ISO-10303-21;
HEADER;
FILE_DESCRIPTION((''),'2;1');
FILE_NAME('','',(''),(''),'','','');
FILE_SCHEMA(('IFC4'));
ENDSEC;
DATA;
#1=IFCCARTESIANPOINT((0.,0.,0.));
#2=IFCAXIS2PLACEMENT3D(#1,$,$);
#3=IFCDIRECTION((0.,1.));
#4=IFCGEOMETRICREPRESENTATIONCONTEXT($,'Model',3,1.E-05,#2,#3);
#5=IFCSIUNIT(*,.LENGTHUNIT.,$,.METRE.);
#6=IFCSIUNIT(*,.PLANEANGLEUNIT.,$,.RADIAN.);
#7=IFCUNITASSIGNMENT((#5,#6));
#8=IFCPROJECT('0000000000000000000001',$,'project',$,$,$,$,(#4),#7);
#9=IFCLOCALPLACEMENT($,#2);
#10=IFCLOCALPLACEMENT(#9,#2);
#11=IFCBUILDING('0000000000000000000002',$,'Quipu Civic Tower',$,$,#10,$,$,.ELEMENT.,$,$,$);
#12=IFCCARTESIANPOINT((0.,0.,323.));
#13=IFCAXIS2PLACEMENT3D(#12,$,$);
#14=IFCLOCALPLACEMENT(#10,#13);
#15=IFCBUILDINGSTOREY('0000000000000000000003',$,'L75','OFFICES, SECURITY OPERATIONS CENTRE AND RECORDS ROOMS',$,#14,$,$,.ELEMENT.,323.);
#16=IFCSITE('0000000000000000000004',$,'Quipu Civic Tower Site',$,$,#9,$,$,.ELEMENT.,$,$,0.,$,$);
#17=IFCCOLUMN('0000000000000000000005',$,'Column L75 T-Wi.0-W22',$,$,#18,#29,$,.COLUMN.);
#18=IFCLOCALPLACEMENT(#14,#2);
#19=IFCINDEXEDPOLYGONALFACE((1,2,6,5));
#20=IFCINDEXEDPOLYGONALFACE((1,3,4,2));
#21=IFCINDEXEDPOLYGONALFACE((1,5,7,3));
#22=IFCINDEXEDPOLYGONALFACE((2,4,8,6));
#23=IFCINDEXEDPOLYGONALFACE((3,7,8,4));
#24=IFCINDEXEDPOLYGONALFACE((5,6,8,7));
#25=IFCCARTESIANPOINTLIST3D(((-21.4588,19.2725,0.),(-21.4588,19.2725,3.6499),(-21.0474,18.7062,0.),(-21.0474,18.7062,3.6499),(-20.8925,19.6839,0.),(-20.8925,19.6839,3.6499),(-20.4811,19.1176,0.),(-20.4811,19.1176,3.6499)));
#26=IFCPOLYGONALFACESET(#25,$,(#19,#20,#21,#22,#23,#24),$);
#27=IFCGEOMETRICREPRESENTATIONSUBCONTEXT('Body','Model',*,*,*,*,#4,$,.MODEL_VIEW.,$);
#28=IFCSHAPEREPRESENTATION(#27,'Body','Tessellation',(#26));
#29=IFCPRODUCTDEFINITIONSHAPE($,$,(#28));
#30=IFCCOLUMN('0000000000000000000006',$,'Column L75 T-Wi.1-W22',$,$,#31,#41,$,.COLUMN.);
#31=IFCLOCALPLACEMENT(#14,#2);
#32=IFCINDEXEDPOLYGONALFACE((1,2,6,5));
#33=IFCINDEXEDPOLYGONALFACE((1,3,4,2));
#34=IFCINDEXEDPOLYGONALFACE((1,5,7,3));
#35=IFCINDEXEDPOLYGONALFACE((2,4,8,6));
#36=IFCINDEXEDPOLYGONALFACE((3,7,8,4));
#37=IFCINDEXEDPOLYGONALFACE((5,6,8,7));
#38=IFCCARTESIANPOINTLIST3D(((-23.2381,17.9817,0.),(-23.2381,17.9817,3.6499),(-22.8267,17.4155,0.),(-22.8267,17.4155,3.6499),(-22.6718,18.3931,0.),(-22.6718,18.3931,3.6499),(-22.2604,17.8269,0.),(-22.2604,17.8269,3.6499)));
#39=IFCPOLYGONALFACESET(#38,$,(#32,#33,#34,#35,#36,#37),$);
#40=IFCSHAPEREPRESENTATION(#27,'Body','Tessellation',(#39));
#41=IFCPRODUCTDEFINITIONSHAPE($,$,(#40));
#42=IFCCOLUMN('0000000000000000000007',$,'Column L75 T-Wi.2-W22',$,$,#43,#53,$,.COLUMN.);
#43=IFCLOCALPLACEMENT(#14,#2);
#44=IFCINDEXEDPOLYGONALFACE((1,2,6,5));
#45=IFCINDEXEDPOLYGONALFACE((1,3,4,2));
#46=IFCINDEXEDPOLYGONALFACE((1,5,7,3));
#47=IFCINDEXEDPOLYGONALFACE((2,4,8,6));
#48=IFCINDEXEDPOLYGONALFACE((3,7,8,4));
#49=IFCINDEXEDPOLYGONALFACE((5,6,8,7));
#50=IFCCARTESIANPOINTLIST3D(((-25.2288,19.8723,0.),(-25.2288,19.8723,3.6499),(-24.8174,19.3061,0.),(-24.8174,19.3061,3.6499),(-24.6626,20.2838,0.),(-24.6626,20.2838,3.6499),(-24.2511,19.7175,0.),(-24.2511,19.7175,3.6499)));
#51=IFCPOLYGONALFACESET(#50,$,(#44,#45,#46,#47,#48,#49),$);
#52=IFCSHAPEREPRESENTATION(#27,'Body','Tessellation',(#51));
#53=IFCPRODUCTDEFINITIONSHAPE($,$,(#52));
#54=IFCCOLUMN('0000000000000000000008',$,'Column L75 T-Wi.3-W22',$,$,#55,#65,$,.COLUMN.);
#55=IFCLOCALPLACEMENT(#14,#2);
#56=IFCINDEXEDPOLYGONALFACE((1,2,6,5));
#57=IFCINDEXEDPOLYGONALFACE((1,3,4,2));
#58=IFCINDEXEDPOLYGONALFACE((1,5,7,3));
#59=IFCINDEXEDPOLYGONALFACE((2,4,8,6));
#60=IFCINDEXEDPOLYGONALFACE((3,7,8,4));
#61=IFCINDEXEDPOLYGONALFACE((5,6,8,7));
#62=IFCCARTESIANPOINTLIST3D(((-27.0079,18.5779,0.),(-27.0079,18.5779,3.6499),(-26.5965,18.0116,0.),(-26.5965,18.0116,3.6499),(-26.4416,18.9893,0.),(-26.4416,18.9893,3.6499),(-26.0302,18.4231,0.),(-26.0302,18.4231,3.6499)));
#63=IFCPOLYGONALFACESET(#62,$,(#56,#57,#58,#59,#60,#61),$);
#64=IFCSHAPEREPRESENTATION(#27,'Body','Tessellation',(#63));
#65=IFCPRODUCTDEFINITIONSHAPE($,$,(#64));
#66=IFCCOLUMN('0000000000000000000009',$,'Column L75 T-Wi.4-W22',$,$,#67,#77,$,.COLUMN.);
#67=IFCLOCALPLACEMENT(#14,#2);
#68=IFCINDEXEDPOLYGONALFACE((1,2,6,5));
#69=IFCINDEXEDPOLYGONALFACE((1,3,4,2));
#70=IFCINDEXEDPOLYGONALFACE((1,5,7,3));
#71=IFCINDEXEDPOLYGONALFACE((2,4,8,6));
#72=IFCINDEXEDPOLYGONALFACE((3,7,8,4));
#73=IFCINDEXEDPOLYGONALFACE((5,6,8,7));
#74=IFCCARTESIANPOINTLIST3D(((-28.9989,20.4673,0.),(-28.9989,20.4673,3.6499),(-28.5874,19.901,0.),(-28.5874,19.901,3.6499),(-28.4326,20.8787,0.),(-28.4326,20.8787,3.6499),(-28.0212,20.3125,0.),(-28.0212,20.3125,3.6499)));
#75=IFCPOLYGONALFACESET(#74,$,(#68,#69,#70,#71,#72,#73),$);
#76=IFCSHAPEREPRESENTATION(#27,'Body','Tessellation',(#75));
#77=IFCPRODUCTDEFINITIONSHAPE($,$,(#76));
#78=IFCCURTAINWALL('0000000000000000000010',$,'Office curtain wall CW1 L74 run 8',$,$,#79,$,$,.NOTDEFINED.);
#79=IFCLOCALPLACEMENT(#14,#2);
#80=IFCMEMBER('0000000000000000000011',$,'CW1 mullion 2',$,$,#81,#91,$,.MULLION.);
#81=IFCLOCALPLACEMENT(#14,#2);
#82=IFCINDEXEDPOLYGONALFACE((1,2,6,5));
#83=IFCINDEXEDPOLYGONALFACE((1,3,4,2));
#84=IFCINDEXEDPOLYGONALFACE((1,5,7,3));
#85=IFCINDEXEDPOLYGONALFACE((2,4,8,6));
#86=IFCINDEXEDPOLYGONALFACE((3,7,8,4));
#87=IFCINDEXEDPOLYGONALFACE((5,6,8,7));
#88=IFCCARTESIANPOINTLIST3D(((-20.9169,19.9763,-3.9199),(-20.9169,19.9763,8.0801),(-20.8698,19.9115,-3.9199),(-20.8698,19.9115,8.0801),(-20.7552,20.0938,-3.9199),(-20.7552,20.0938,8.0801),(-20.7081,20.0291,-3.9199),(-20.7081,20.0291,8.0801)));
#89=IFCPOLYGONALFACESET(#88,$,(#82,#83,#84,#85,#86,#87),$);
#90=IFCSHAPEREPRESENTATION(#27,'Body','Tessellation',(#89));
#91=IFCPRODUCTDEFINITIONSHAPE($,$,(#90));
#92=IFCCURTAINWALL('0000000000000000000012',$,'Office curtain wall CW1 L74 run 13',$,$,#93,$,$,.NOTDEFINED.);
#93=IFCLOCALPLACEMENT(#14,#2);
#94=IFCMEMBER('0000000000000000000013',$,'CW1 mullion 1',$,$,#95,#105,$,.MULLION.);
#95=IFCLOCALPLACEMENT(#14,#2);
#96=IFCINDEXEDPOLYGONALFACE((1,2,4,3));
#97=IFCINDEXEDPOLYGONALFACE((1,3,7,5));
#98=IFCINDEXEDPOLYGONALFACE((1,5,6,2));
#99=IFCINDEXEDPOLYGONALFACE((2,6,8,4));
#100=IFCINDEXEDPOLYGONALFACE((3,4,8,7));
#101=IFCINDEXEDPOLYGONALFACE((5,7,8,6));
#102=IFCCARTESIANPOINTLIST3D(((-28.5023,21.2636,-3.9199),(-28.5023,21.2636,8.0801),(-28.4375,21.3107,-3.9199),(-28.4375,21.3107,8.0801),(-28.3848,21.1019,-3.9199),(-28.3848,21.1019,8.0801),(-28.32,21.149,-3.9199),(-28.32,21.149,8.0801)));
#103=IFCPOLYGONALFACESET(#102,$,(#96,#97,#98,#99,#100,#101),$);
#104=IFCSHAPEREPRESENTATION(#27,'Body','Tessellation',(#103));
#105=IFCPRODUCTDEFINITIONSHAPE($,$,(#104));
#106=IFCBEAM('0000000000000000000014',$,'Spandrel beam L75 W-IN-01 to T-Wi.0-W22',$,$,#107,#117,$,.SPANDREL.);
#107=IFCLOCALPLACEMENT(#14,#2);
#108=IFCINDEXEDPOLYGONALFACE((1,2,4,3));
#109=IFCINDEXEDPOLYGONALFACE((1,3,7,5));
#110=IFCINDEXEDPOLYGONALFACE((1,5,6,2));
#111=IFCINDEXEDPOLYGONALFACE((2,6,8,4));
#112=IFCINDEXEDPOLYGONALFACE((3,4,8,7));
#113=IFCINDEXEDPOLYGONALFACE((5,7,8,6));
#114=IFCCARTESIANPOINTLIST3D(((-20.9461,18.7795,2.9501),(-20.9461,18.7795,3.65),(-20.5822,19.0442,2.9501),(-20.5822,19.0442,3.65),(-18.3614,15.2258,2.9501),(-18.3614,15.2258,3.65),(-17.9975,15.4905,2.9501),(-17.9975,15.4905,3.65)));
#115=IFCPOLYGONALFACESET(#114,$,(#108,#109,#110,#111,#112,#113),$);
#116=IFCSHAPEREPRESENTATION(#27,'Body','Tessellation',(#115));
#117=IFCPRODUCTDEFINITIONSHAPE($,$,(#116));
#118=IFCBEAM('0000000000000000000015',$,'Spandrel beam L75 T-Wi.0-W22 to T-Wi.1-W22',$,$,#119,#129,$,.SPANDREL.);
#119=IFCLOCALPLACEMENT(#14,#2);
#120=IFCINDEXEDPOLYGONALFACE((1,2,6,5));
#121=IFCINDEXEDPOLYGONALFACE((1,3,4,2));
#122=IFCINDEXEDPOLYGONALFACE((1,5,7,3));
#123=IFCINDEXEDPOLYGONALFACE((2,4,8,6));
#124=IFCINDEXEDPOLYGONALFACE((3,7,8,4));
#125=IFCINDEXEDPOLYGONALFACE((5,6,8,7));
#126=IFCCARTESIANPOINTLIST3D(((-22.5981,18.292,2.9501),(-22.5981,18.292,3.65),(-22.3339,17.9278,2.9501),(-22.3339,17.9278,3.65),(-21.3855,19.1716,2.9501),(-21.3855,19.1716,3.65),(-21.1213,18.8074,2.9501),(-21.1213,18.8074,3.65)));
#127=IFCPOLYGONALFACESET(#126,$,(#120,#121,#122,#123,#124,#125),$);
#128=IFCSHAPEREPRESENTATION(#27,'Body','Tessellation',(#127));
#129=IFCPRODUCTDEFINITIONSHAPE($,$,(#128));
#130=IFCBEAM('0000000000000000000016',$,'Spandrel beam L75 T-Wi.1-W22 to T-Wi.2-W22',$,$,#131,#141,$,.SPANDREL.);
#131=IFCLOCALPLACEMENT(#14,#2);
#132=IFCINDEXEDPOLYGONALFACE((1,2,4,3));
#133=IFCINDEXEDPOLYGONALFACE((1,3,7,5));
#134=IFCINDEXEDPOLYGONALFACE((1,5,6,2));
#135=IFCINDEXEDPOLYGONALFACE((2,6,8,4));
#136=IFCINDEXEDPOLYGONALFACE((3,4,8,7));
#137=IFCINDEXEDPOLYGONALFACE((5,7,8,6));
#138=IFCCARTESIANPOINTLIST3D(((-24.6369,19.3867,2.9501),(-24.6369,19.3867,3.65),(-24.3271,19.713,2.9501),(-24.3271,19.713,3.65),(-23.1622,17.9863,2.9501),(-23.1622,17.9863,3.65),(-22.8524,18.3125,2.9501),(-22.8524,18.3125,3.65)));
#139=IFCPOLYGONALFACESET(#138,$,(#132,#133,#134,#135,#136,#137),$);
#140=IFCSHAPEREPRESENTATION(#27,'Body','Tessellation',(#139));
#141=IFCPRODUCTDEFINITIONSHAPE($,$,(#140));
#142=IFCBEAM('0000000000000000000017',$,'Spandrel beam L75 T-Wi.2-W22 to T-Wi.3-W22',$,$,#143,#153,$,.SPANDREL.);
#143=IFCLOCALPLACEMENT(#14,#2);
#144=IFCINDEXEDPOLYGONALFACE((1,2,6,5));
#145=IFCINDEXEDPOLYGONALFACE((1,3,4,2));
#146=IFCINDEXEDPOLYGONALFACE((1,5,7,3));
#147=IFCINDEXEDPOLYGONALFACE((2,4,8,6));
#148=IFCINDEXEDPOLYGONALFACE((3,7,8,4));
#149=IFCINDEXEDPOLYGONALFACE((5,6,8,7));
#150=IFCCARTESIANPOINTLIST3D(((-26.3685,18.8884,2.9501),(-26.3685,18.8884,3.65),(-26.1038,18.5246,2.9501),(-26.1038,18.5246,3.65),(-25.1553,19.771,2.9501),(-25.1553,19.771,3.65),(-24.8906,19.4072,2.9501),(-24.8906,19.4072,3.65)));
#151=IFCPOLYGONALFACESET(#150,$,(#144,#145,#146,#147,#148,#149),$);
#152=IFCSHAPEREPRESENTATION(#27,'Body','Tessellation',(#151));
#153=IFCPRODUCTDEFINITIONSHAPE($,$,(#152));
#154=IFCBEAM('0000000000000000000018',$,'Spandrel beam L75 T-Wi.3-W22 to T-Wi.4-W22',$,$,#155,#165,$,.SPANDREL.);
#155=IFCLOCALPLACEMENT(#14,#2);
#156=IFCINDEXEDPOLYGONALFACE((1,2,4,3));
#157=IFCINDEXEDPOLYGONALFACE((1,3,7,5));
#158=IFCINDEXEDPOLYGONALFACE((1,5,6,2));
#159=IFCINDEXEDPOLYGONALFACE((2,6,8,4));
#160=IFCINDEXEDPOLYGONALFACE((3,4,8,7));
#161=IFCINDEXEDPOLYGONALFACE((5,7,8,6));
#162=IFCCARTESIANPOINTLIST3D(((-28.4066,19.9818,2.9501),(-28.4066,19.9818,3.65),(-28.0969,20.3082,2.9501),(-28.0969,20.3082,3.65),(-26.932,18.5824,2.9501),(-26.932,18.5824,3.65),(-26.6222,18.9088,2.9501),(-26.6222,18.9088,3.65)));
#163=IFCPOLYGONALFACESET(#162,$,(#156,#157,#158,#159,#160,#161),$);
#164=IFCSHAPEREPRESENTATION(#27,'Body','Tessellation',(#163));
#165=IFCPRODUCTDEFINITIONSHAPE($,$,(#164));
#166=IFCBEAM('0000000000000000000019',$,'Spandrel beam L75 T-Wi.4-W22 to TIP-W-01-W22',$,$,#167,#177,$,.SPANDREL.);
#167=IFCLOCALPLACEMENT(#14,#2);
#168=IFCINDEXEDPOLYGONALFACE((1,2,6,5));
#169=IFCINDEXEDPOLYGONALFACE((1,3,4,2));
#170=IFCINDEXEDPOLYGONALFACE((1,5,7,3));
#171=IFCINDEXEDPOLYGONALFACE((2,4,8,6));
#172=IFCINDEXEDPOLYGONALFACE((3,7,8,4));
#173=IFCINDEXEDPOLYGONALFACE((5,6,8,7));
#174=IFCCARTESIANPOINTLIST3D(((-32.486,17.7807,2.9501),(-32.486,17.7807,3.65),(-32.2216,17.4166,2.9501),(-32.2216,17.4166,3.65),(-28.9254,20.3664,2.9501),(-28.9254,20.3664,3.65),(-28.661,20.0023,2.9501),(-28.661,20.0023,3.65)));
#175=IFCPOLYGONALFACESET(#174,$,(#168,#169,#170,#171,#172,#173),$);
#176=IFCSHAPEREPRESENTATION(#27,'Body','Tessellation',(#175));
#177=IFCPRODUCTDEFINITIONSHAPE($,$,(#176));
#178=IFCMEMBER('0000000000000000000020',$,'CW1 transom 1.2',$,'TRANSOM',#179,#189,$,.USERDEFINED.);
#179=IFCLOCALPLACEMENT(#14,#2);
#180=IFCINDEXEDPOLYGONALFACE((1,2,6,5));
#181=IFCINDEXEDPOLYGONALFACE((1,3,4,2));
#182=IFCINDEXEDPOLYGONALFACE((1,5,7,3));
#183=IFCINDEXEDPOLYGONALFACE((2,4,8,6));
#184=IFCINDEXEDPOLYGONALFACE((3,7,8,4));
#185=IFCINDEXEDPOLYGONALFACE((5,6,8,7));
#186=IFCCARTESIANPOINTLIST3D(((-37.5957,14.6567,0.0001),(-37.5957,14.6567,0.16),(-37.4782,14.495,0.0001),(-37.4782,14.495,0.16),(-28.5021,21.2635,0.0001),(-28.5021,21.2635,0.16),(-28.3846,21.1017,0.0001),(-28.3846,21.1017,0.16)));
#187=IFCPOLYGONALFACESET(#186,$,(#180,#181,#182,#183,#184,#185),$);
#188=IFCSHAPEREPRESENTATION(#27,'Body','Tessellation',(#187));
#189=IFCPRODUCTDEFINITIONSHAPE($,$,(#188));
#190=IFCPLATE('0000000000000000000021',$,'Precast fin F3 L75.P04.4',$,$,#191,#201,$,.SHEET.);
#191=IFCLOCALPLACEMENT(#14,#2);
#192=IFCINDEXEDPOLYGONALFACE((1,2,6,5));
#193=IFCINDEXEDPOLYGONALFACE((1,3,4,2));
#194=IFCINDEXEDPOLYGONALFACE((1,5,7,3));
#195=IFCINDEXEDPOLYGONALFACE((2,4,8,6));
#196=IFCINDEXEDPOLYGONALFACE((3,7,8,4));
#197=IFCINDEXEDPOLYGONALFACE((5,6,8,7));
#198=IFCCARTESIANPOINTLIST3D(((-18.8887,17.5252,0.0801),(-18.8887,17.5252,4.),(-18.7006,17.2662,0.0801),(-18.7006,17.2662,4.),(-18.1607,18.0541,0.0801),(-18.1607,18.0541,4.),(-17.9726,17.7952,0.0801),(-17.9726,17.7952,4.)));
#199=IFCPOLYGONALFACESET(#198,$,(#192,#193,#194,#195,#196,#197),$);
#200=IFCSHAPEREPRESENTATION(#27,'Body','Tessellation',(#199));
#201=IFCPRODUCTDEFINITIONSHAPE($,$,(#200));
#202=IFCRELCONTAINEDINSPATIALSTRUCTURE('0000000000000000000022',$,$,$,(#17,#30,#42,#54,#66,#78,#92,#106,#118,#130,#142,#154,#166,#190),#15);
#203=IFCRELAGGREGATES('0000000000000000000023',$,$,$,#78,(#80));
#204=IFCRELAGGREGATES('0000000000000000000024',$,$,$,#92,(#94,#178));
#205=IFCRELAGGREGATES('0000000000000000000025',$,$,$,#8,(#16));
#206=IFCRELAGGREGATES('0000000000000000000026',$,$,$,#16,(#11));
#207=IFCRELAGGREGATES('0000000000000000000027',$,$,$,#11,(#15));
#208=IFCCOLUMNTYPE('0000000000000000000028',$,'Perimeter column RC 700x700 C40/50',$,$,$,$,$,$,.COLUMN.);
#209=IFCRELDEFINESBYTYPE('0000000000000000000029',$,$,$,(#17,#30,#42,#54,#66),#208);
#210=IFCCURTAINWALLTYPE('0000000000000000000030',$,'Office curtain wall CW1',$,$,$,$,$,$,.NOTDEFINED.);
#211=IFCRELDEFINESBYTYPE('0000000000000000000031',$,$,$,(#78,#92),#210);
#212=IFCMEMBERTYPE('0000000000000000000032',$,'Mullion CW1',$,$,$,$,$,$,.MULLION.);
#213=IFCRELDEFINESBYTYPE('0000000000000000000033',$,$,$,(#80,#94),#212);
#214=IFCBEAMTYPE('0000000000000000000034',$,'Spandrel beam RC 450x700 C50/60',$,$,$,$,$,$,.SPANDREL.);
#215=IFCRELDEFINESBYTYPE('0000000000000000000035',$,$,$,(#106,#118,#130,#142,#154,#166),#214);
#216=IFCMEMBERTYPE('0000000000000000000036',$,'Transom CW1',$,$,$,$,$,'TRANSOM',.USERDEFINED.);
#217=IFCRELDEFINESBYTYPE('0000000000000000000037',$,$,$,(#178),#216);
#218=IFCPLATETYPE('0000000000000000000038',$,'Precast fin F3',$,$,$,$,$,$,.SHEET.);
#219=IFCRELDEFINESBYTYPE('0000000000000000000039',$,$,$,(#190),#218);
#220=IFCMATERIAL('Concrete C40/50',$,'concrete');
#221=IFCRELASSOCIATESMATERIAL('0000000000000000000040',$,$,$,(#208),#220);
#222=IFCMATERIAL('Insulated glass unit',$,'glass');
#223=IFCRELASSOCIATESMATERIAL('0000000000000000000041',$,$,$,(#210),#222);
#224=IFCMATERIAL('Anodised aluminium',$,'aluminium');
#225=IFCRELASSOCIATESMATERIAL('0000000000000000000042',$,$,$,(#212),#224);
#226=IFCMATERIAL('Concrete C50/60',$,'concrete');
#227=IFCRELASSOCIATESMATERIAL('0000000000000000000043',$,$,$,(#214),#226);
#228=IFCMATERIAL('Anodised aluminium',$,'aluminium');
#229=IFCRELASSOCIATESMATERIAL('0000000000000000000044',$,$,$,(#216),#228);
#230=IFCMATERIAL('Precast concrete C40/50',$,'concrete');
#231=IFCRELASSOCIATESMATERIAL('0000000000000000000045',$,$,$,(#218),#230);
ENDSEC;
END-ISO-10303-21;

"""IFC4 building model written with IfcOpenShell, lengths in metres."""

from ifc_helpers import new_model, si_unit, direction, frame, origin, origin_2d, place, context, subcontext, project, spatial, rectangle, extrude, material, material_profile, profile_set, type_object, element, aggregate, save


model = new_model("IFC4")

# Units and contexts
model_context = context("Model", 3, precision=1e-05, world=origin(), true_north=direction((0.0, 1.0)))
body_context = subcontext(model_context, "Body", "Model", "MODEL_VIEW")
ifc_project = project(units=[si_unit("LENGTHUNIT", "METRE"), si_unit("PLANEANGLEUNIT", "RADIAN")], contexts=[model_context])

# Site, building, storey
site_placement = place(None, origin())
site = spatial("IfcSite", under=ifc_project, at=site_placement, Name="Quipu Civic Tower Site", CompositionType="ELEMENT", RefElevation=0.0)
building_placement = place(site_placement, origin())
building = spatial("IfcBuilding", under=site, at=building_placement, Name="Quipu Civic Tower", CompositionType="ELEMENT")
storey_placement = place(building_placement, frame((0.0, 0.0, 323.0)))
storey = spatial("IfcBuildingStorey", under=building, at=storey_placement, Name="L75", Description="OFFICES, SECURITY OPERATIONS CENTRE AND RECORDS ROOMS", CompositionType="ELEMENT", Elevation=323.0)

# Columns
ifc_material_1 = material(Name="Concrete C40/50", Category="concrete")
ifc_material_profile_1 = material_profile(ifc_material_1, rectangle(XDim=0.7, YDim=0.7, at=origin_2d()), Name="RC700x700")
ifc_profile_set_1 = profile_set([ifc_material_profile_1], Name="Concrete C40/50")
column_type = type_object("IfcColumnType", Name="Perimeter column RC 700x700 C40/50", PredefinedType="COLUMN", material=ifc_profile_set_1)
for number, where, z_axis, x_axis, name in (
    (1, (-20.97, 19.1951, 0.0), (0.0, 0.0, 1.0), (-0.587785, 0.809017, 0.0), "Column L75 T-Wi.0-W22"),
    (2, (-22.7493, 17.9043, 0.0), (0.0, 0.0, 1.0), (-0.587785, 0.809017, 0.0), "Column L75 T-Wi.1-W22"),
    (3, (-24.74, 19.7949, 0.0), (0.0, 0.0, 1.0), (-0.587785, 0.809017, 0.0), "Column L75 T-Wi.2-W22"),
    (4, (-26.519, 18.5005, 0.0), (0.0, 0.0, 1.0), (-0.587785, 0.809017, 0.0), "Column L75 T-Wi.3-W22"),
    (5, (-28.51, 20.3899, 0.0), (0.0, 0.0, 1.0), (-0.809017, -0.587785, 0.0), "Column L75 T-Wi.4-W22"),
):
    element("IfcColumn", number, at=place(storey_placement, frame(where, z_axis=z_axis, x_axis=x_axis)), inside=storey, type_object=column_type, Name=name, PredefinedType="COLUMN", context=body_context, shape_type="SweptSolid", body=[
        extrude(rectangle(XDim=0.7, YDim=0.7, at=origin_2d()), origin(), (0.0, 0.0, 1.0), 3.6499),
    ])

# Curtain walls, members
ifc_material_2 = material(Name="Insulated glass unit", Category="glass")
curtain_wall_type = type_object("IfcCurtainWallType", Name="Office curtain wall CW1", PredefinedType="NOTDEFINED", material=ifc_material_2)
curtain_wall_1_placement = place(storey_placement, origin())
curtain_wall_1 = element("IfcCurtainWall", 6, at=curtain_wall_1_placement, inside=storey, type_object=curtain_wall_type, Name="Office curtain wall CW1 L74 run 8", PredefinedType="NOTDEFINED")
ifc_material_3 = material(Name="Anodised aluminium", Category="aluminium")
ifc_material_profile_2 = material_profile(ifc_material_3, rectangle(XDim=0.2, YDim=0.0801, at=origin_2d()), Name="RECT 200x80")
ifc_profile_set_2 = profile_set([ifc_material_profile_2], Name="Anodised aluminium")
member_type_1 = type_object("IfcMemberType", Name="Mullion CW1", PredefinedType="MULLION", material=ifc_profile_set_2)
member_1_placement = place(storey_placement, frame((-20.8125, 20.0027, -3.9199), z_axis=(0.0, 0.0, 1.0), x_axis=(-0.809015, -0.587788, 0.0)))
member_1 = element("IfcMember", 7, at=member_1_placement, type_object=member_type_1, Name="CW1 mullion 2", PredefinedType="MULLION", context=body_context, shape_type="SweptSolid", body=[
    extrude(rectangle(XDim=0.2, YDim=0.0801, at=origin_2d()), origin(), (0.0, 0.0, 1.0), 12.0),
])
aggregate(curtain_wall_1, [member_1])
curtain_wall_2_placement = place(storey_placement, origin())
curtain_wall_2 = element("IfcCurtainWall", 8, at=curtain_wall_2_placement, inside=storey, type_object=curtain_wall_type, Name="Office curtain wall CW1 L74 run 13", PredefinedType="NOTDEFINED")
member_2_placement = place(storey_placement, frame((-28.4111, 21.2063, -3.9199), z_axis=(0.0, 0.0, 1.0), x_axis=(0.587788, -0.809015, 0.0)))
member_2 = element("IfcMember", 9, at=member_2_placement, type_object=member_type_1, Name="CW1 mullion 1", PredefinedType="MULLION", context=body_context, shape_type="SweptSolid", body=[
    extrude(rectangle(XDim=0.2, YDim=0.0801, at=origin_2d()), origin(), (0.0, 0.0, 1.0), 12.0),
])

# Beams
ifc_material_4 = material(Name="Concrete C50/60", Category="concrete")
ifc_material_profile_3 = material_profile(ifc_material_4, rectangle(XDim=0.45, YDim=0.7, at=origin_2d()), Name="RC450x700")
ifc_profile_set_3 = profile_set([ifc_material_profile_3], Name="Concrete C50/60")
beam_type = type_object("IfcBeamType", Name="Spandrel beam RC 450x700 C50/60", PredefinedType="SPANDREL", material=ifc_profile_set_3)
beam_1_placement = place(storey_placement, frame((-18.1794, 15.3582, 3.3), z_axis=(-0.588201, 0.808714, 0.0), x_axis=(-0.808714, -0.588201, 0.0)))
element("IfcBeam", 10, at=beam_1_placement, inside=storey, type_object=beam_type, Name="Spandrel beam L75 W-IN-01 to T-Wi.0-W22", PredefinedType="SPANDREL", context=body_context, shape_type="SweptSolid", body=[
    extrude(rectangle(XDim=0.45, YDim=0.7, at=origin_2d()), origin(), (0.0, 0.0, 1.0), 4.3943),
])
beam_2_placement = place(storey_placement, frame((-21.2534, 18.9895, 3.3), z_axis=(-0.809461, -0.587173, 0.0), x_axis=(0.587173, -0.809461, 0.0)))
element("IfcBeam", 11, at=beam_2_placement, inside=storey, type_object=beam_type, Name="Spandrel beam L75 T-Wi.0-W22 to T-Wi.1-W22", PredefinedType="SPANDREL", context=body_context, shape_type="SweptSolid", body=[
    extrude(rectangle(XDim=0.45, YDim=0.7, at=origin_2d()), origin(), (0.0, 0.0, 1.0), 1.498),
])
beam_3_placement = place(storey_placement, frame((-23.0073, 18.1494, 3.3), z_axis=(-0.725119, 0.688623, 0.0), x_axis=(-0.688623, -0.725119, 0.0)))
element("IfcBeam", 12, at=beam_3_placement, inside=storey, type_object=beam_type, Name="Spandrel beam L75 T-Wi.1-W22 to T-Wi.2-W22", PredefinedType="SPANDREL", context=body_context, shape_type="SweptSolid", body=[
    extrude(rectangle(XDim=0.45, YDim=0.7, at=origin_2d()), origin(), (0.0, 0.0, 1.0), 2.0337),
])
beam_4_placement = place(storey_placement, frame((-25.0229, 19.5891, 3.3), z_axis=(-0.808645, -0.588297, 0.0), x_axis=(0.588297, -0.808645, 0.0)))
element("IfcBeam", 13, at=beam_4_placement, inside=storey, type_object=beam_type, Name="Spandrel beam L75 T-Wi.2-W22 to T-Wi.3-W22", PredefinedType="SPANDREL", context=body_context, shape_type="SweptSolid", body=[
    extrude(rectangle(XDim=0.45, YDim=0.7, at=origin_2d()), origin(), (0.0, 0.0, 1.0), 1.5002),
])
beam_5_placement = place(storey_placement, frame((-26.7771, 18.7456, 3.3), z_axis=(-0.725359, 0.688371, 0.0), x_axis=(-0.688371, -0.725359, 0.0)))
element("IfcBeam", 14, at=beam_5_placement, inside=storey, type_object=beam_type, Name="Spandrel beam L75 T-Wi.3-W22 to T-Wi.4-W22", PredefinedType="SPANDREL", context=body_context, shape_type="SweptSolid", body=[
    extrude(rectangle(XDim=0.45, YDim=0.7, at=origin_2d()), origin(), (0.0, 0.0, 1.0), 2.033),
])
beam_6_placement = place(storey_placement, frame((-28.7932, 20.1843, 3.3), z_axis=(-0.809146, -0.587607, 0.0), x_axis=(0.587607, -0.809146, 0.0)))
element("IfcBeam", 15, at=beam_6_placement, inside=storey, type_object=beam_type, Name="Spandrel beam L75 T-Wi.4-W22 to TIP-W-01-W22", PredefinedType="SPANDREL", context=body_context, shape_type="SweptSolid", body=[
    extrude(rectangle(XDim=0.45, YDim=0.7, at=origin_2d()), origin(), (0.0, 0.0, 1.0), 4.4004),
])

# Member
ifc_material_5 = material(Name="Anodised aluminium", Category="aluminium")
ifc_material_profile_4 = material_profile(ifc_material_5, rectangle(XDim=0.2, YDim=0.1599, at=origin_2d()), Name="RECT 200x160")
ifc_profile_set_4 = profile_set([ifc_material_profile_4], Name="Anodised aluminium")
member_type_2 = type_object("IfcMemberType", Name="Transom CW1", ElementType="TRANSOM", PredefinedType="USERDEFINED", material=ifc_profile_set_4)
member_3_placement = place(storey_placement, frame((-28.4434, 21.1826, 0.0801), z_axis=(-0.809022, -0.587778, 0.0), x_axis=(0.587778, -0.809022, 0.0)))
member_3 = element("IfcMember", 16, at=member_3_placement, type_object=member_type_2, Name="CW1 transom 1.2", ObjectType="TRANSOM", PredefinedType="USERDEFINED", context=body_context, shape_type="SweptSolid", body=[
    extrude(rectangle(XDim=0.2, YDim=0.1599, at=origin_2d()), origin(), (0.0, 0.0, 1.0), 11.2402),
])
aggregate(curtain_wall_2, [member_2, member_3])

# Plate
ifc_material_6 = material(Name="Precast concrete C40/50", Category="concrete")
plate_type = type_object("IfcPlateType", Name="Precast fin F3", PredefinedType="SHEET", material=ifc_material_6)
for number, where, z_axis, x_axis, name in (
    (17, (-18.4307, 17.6602, 0.0801), (0.0, 0.0, 1.0), (-0.587784, 0.809018, 0.0), "Precast fin F3 L75.P04.4"),
):
    element("IfcPlate", number, at=place(storey_placement, frame(where, z_axis=z_axis, x_axis=x_axis)), inside=storey, type_object=plate_type, Name=name, PredefinedType="SHEET", context=body_context, shape_type="SweptSolid", body=[
        extrude(rectangle(XDim=0.3201, YDim=0.8999, at=origin_2d()), origin(), (0.0, 0.0, 1.0), 3.9199),
    ])

save(model, "model.ifc")
